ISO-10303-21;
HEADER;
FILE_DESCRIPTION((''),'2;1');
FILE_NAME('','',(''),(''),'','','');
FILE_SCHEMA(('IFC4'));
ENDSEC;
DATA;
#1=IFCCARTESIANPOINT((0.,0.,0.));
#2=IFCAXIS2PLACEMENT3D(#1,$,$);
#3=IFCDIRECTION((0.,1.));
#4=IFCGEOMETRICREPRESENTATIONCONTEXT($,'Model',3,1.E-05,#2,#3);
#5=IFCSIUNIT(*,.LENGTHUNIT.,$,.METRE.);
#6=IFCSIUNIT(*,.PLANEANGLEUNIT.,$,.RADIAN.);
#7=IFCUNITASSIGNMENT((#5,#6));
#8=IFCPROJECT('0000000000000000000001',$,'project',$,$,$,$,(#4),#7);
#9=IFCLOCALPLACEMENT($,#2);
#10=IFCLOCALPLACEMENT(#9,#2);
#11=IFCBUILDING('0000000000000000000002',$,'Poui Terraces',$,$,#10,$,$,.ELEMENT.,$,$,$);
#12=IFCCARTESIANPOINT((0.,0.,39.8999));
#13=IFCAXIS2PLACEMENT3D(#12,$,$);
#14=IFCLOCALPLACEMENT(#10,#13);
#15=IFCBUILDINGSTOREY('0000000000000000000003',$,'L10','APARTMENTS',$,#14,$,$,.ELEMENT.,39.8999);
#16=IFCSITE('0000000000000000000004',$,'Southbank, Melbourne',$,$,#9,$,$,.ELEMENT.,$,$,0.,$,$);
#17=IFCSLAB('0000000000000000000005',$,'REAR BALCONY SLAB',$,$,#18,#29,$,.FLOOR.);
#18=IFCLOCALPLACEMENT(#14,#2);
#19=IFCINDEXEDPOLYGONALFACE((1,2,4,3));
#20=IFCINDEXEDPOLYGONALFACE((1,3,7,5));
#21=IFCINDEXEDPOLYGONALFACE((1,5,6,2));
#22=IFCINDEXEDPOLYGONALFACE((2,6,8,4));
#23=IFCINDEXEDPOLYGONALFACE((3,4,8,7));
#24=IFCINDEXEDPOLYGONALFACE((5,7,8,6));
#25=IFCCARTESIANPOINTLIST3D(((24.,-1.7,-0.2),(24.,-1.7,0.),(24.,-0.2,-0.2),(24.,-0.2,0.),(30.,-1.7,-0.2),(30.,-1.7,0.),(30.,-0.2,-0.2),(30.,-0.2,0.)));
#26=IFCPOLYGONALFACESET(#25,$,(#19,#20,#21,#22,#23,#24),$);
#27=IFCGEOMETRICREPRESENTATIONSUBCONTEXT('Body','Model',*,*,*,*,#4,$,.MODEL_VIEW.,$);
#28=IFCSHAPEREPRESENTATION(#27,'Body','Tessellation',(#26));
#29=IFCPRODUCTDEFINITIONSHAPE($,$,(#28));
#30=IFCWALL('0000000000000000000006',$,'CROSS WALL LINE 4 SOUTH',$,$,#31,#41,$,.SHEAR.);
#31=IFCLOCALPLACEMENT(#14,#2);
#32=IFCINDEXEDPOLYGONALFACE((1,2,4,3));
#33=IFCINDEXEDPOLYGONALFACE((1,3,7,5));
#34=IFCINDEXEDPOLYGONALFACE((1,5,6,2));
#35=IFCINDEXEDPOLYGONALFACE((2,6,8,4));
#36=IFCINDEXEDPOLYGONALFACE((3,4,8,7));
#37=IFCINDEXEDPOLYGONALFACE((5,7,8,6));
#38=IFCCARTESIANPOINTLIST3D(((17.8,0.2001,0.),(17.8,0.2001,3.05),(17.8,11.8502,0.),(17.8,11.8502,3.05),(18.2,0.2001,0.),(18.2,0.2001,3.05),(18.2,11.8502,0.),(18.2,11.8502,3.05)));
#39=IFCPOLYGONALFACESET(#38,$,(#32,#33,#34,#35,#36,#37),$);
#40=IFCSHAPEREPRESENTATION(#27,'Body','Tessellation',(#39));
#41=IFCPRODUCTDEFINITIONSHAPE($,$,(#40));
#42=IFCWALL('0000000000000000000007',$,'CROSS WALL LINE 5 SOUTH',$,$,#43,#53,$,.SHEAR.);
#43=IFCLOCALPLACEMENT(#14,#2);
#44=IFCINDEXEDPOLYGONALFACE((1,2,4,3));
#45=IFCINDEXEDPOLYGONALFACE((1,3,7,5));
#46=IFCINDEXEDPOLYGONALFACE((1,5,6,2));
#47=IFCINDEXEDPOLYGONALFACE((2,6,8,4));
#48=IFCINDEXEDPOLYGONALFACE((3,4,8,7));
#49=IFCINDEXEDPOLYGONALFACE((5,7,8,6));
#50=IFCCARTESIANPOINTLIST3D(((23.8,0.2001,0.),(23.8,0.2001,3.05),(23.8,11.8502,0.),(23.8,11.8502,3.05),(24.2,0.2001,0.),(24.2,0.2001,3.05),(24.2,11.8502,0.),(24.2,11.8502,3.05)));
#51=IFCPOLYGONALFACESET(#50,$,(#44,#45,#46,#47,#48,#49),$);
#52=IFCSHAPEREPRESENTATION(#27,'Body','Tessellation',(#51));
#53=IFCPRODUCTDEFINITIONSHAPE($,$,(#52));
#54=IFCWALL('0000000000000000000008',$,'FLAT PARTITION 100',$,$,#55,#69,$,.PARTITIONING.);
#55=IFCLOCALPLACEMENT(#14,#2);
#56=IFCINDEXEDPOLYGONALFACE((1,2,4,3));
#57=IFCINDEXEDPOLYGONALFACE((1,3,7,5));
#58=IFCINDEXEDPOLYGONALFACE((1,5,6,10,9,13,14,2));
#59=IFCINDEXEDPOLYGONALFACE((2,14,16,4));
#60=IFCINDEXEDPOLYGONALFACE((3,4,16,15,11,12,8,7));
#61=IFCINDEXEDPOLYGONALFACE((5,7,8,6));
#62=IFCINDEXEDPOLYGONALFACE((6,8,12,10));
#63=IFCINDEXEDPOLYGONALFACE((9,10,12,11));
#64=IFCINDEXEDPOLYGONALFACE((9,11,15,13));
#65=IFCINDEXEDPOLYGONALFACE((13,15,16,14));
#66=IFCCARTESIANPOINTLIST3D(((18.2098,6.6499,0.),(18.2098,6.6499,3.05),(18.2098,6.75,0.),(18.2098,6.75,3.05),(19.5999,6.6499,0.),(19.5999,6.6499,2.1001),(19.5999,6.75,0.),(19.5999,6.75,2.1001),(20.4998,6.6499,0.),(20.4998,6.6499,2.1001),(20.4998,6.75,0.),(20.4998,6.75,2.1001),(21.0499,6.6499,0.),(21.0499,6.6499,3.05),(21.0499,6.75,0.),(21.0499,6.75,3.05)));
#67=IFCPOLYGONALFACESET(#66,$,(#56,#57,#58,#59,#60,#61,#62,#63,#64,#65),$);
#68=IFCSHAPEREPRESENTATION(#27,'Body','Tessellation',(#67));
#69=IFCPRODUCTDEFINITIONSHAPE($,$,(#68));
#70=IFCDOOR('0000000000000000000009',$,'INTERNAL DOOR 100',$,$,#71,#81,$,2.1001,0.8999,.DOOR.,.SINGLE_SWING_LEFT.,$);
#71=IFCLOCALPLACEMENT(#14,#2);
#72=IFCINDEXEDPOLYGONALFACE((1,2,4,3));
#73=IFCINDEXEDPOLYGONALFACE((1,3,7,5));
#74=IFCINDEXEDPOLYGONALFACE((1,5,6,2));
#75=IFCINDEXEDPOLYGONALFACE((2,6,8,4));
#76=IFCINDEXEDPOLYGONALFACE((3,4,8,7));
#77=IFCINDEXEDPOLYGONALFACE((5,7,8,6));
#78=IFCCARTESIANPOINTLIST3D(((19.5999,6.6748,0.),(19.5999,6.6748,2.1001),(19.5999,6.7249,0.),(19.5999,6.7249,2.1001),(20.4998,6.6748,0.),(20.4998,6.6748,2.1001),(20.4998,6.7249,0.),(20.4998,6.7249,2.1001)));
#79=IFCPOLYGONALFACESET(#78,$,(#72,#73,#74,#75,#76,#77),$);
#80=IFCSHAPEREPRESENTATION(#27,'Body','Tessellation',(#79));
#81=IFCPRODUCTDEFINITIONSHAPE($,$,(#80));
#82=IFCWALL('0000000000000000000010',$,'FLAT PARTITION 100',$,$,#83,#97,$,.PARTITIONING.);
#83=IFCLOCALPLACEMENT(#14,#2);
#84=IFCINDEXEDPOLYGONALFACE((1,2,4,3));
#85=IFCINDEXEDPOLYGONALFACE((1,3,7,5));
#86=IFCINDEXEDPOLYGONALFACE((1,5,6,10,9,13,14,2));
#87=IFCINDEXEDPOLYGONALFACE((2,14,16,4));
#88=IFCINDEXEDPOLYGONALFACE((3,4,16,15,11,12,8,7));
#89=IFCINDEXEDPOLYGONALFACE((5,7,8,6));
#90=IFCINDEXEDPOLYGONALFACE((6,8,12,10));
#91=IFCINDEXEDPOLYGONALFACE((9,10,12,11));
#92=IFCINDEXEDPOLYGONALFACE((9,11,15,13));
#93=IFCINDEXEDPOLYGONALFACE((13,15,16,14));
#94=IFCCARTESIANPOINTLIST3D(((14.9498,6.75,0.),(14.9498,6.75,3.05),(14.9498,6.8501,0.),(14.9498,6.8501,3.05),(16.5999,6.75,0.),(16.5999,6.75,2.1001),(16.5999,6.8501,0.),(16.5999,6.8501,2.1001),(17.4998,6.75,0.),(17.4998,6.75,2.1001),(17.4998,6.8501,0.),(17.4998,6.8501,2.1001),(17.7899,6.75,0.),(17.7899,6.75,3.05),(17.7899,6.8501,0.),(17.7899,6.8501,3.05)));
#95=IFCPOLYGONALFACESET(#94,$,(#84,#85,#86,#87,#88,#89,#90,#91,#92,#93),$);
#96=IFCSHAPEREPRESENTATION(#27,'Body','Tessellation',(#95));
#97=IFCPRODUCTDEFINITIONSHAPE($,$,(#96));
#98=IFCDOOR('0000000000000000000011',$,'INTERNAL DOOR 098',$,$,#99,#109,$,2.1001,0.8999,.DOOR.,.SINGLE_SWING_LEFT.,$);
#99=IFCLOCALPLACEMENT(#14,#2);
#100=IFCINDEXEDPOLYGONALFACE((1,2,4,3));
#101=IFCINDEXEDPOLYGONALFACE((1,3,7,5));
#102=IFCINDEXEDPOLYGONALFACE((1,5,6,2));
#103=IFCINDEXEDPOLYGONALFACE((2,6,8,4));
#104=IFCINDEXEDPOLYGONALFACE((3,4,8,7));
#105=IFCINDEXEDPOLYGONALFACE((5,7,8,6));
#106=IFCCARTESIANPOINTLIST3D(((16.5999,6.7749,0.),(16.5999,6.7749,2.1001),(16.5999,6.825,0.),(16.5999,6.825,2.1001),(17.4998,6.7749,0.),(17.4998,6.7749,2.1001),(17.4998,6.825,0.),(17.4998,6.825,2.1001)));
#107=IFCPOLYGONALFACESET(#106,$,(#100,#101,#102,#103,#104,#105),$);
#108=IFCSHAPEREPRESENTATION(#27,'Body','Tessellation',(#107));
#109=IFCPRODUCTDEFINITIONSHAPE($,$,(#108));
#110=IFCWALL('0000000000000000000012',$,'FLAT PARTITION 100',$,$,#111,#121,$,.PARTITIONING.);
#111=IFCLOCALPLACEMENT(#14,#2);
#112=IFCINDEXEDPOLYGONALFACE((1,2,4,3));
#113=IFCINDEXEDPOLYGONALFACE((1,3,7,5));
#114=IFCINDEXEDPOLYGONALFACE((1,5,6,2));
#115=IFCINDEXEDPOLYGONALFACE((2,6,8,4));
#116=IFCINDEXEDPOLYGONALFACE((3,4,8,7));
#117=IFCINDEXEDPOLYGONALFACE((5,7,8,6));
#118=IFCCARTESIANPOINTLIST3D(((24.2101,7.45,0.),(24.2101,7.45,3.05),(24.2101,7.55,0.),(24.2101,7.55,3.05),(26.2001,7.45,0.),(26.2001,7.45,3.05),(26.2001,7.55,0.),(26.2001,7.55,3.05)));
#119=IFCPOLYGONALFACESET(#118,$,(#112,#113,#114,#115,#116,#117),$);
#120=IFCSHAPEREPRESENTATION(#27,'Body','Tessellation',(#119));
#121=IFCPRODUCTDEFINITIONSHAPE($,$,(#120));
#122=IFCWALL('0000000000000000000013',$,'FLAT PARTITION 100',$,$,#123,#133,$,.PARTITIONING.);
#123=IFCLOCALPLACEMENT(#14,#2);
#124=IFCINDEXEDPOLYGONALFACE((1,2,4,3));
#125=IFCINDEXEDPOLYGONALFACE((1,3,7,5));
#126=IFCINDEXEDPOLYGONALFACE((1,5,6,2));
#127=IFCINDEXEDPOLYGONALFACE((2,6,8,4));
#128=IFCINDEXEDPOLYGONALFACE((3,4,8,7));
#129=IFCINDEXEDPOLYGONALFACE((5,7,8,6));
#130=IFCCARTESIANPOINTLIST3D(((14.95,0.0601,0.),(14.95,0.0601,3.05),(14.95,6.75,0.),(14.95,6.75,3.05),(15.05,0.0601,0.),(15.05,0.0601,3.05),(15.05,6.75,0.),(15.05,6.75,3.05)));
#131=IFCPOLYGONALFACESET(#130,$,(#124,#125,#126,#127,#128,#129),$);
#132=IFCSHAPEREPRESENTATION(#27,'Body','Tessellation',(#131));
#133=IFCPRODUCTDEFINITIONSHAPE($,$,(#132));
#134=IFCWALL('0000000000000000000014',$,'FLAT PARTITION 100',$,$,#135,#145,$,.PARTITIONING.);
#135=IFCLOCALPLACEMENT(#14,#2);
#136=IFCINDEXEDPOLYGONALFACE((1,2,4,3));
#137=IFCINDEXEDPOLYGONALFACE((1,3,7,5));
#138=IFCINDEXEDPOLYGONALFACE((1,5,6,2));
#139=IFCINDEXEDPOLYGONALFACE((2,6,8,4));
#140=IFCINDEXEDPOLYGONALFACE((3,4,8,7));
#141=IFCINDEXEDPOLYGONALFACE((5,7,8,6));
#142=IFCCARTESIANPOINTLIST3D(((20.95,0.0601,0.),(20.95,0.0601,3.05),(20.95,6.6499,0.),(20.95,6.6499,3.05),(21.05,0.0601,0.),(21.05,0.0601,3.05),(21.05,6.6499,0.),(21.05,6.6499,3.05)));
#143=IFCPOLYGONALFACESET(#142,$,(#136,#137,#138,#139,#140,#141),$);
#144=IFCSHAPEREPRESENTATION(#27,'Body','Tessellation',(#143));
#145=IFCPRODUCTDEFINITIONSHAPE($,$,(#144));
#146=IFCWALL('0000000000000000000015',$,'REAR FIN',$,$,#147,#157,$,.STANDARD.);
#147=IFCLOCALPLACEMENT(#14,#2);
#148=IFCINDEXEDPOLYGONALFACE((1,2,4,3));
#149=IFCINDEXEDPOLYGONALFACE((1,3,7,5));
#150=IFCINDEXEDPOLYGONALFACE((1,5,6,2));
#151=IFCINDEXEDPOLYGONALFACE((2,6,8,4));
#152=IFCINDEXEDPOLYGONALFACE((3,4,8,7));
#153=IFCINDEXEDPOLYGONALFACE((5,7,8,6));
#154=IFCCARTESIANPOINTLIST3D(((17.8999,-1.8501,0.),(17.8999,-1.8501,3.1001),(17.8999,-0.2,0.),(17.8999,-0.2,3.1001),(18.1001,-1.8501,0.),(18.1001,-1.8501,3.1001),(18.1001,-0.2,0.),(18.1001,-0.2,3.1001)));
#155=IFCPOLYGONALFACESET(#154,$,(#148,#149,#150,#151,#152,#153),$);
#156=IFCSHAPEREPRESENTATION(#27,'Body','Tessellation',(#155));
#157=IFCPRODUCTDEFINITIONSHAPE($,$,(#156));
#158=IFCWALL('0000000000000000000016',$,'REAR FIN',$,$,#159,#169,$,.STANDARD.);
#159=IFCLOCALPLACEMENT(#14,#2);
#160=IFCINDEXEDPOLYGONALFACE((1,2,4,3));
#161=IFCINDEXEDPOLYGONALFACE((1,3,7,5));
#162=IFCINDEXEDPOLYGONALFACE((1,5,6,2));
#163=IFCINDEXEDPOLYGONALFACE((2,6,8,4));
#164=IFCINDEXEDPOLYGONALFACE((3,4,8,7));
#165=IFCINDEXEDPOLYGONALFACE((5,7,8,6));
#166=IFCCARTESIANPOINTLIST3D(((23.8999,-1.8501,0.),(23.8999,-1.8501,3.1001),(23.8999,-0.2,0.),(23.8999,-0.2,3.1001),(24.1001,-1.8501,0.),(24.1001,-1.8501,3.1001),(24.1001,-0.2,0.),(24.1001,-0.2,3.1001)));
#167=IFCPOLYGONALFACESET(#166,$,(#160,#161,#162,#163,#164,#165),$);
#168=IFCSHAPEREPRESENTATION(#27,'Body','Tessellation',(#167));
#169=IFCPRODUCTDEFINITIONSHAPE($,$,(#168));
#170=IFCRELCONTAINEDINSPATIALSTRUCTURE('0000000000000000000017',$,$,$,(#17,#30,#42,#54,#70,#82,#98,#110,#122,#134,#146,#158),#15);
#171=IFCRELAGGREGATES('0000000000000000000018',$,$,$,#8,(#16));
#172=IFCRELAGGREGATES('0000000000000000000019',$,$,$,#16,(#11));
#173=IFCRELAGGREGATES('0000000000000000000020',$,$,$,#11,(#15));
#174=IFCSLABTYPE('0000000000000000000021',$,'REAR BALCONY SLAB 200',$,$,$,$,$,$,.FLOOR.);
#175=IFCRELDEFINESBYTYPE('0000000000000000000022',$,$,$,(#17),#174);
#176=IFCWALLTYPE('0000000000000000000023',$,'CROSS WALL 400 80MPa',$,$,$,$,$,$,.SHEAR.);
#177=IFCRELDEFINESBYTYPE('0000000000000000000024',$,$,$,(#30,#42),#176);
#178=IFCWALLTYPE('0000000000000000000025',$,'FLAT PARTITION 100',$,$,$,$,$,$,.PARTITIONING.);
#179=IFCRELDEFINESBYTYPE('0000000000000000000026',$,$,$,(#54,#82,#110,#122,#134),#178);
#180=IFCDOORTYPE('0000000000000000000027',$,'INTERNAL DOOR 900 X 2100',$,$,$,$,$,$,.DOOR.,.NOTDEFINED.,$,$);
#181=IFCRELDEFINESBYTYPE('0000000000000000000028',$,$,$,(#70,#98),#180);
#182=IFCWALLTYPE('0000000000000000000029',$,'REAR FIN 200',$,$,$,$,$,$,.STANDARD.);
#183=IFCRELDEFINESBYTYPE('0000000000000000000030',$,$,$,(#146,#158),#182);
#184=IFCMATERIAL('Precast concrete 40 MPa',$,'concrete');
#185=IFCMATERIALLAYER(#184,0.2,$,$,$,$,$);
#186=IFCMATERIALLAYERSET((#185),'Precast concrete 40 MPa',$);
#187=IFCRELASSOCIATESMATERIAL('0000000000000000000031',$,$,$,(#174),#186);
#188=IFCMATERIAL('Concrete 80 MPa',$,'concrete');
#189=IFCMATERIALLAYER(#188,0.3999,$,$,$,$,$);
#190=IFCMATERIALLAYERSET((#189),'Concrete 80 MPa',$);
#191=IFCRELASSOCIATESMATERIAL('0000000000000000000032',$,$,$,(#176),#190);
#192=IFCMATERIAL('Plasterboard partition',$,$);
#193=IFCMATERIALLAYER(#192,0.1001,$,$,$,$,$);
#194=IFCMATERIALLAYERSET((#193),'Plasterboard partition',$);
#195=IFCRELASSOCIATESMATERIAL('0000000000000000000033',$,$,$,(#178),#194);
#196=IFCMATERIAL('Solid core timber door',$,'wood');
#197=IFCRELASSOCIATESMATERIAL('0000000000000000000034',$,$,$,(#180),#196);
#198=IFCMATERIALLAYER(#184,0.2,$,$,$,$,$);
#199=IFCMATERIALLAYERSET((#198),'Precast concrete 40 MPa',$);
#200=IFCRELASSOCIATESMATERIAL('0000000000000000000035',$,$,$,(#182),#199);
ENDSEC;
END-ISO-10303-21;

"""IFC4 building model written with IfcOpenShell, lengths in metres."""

from ifc_helpers import new_model, si_unit, direction, frame, frame_2d, origin, place, context, subcontext, project, spatial, polyline, rectangle, outline, extrude, source, transform, mapped, material, layer, layer_set, type_object, element, fill, save


model = new_model("IFC4")

# Units and contexts
model_context = context("Model", 3, precision=1e-05, world=origin(), true_north=direction((0.0, 1.0)))
body_context = subcontext(model_context, "Body", "Model", "MODEL_VIEW")
ifc_project = project(units=[si_unit("LENGTHUNIT", "METRE"), si_unit("PLANEANGLEUNIT", "RADIAN")], contexts=[model_context])

# Site, building, storey
site_placement = place(None, origin())
site = spatial("IfcSite", under=ifc_project, at=site_placement, Name="Southbank, Melbourne", CompositionType="ELEMENT", RefElevation=0.0)
building_placement = place(site_placement, origin())
building = spatial("IfcBuilding", under=site, at=building_placement, Name="Poui Terraces", CompositionType="ELEMENT")
storey_placement = place(building_placement, frame((0.0, 0.0, 39.8999)))
storey = spatial("IfcBuildingStorey", under=building, at=storey_placement, Name="L10", Description="APARTMENTS", CompositionType="ELEMENT", Elevation=39.8999)

# Slab
ifc_material_1 = material(Name="Precast concrete 40 MPa", Category="concrete")
ifc_layer_1 = layer(ifc_material_1, 0.2)
ifc_layer_set_1 = layer_set([ifc_layer_1], Name="Precast concrete 40 MPa")
slab_type = type_object("IfcSlabType", Name="REAR BALCONY SLAB 200", PredefinedType="FLOOR", material=ifc_layer_set_1)
shared_shape_1 = source(origin(), body_context, "Body", "SweptSolid", [
    extrude(outline(polyline([(0.0, 0.0), (6.0, 0.0), (6.0, 1.5), (0.0, 1.5), (0.0, 0.0)])), origin(), (0.0, 0.0, 1.0), 0.2),
])
slab_placement = place(storey_placement, frame((24.0, -1.7, -0.2)))
element("IfcSlab", 1, at=slab_placement, inside=storey, type_object=slab_type, Name="REAR BALCONY SLAB", PredefinedType="FLOOR", context=body_context, shape_type="MappedRepresentation", body=[
    mapped(shared_shape_1, transform((0.0, 0.0, 0.0))),
])

# Walls
ifc_material_2 = material(Name="Concrete 80 MPa", Category="concrete")
ifc_layer_2 = layer(ifc_material_2, 0.3999)
ifc_layer_set_2 = layer_set([ifc_layer_2], Name="Concrete 80 MPa")
wall_type_1 = type_object("IfcWallType", Name="CROSS WALL 400 80MPa", PredefinedType="SHEAR", material=ifc_layer_set_2)
for number, where, z_axis, x_axis, name in (
    (2, (18.0, 0.2, 0.0), (0.0, 0.0, 1.0), (0.0, 1.0, 0.0), "CROSS WALL LINE 4 SOUTH"),
    (3, (24.0, 0.2, 0.0), (0.0, 0.0, 1.0), (0.0, 1.0, 0.0), "CROSS WALL LINE 5 SOUTH"),
):
    element("IfcWall", number, at=place(storey_placement, frame(where, z_axis=z_axis, x_axis=x_axis)), inside=storey, type_object=wall_type_1, Name=name, PredefinedType="SHEAR", context=body_context, shape_type="SweptSolid", body=[
        extrude(rectangle(XDim=11.6501, YDim=0.3999, at=frame_2d((5.8252, 0.0))), origin(), (0.0, 0.0, 1.0), 3.05),
    ])

# Walls, openings, doors
ifc_material_3 = material(Name="Plasterboard partition")
ifc_layer_3 = layer(ifc_material_3, 0.1001)
ifc_layer_set_3 = layer_set([ifc_layer_3], Name="Plasterboard partition")
wall_type_2 = type_object("IfcWallType", Name="FLAT PARTITION 100", PredefinedType="PARTITIONING", material=ifc_layer_set_3)
wall_1_placement = place(storey_placement, frame((18.21, 6.7, 0.0), z_axis=(0.0, 0.0, 1.0), x_axis=(1.0, 0.0, 0.0)))
wall_1 = element("IfcWall", 4, at=wall_1_placement, inside=storey, type_object=wall_type_2, Name="FLAT PARTITION 100", PredefinedType="PARTITIONING", context=body_context, shape_type="SweptSolid", body=[
    extrude(rectangle(XDim=2.8401, YDim=0.1001, at=frame_2d((1.4199, 0.0))), origin(), (0.0, 0.0, 1.0), 3.05),
])
opening_1_placement = place(wall_1_placement, frame((1.3899, 0.0, 0.0)))
opening_1 = element("IfcOpeningElement", 5, at=opening_1_placement, cuts=wall_1, PredefinedType="OPENING", context=body_context, shape_type="SweptSolid", body=[
    extrude(rectangle(XDim=0.8999, YDim=2.1001, at=frame_2d((0.45, 1.05))), frame((0.0, 0.0601, 0.0), z_axis=(0.0, -1.0, 0.0), x_axis=(1.0, 0.0, 0.0)), (0.0, 0.0, 1.0), 0.1201),
])
ifc_material_4 = material(Name="Solid core timber door", Category="wood")
door_type = type_object("IfcDoorType", Name="INTERNAL DOOR 900 X 2100", OperationType="NOTDEFINED", PredefinedType="DOOR", material=ifc_material_4)
door_1_placement = place(opening_1_placement, origin())
door_1 = element("IfcDoor", 6, at=door_1_placement, inside=storey, type_object=door_type, Name="INTERNAL DOOR 100", OperationType="SINGLE_SWING_LEFT", OverallHeight=2.1001, OverallWidth=0.8999, PredefinedType="DOOR", context=body_context, shape_type="SweptSolid", body=[
    extrude(rectangle(XDim=0.8999, YDim=2.1001, at=frame_2d((0.45, 1.05))), frame((0.0, 0.0249, 0.0), z_axis=(0.0, -1.0, 0.0), x_axis=(1.0, 0.0, 0.0)), (0.0, 0.0, 1.0), 0.05),
])
fill(opening_1, door_1)
wall_2_placement = place(storey_placement, frame((14.95, 6.8, 0.0), z_axis=(0.0, 0.0, 1.0), x_axis=(1.0, 0.0, 0.0)))
wall_2 = element("IfcWall", 7, at=wall_2_placement, inside=storey, type_object=wall_type_2, Name="FLAT PARTITION 100", PredefinedType="PARTITIONING", context=body_context, shape_type="SweptSolid", body=[
    extrude(rectangle(XDim=2.8401, YDim=0.1001, at=frame_2d((1.4199, 0.0))), origin(), (0.0, 0.0, 1.0), 3.05),
])
opening_2_placement = place(wall_2_placement, frame((1.6499, 0.0, 0.0)))
opening_2 = element("IfcOpeningElement", 8, at=opening_2_placement, cuts=wall_2, PredefinedType="OPENING", context=body_context, shape_type="SweptSolid", body=[
    extrude(rectangle(XDim=0.8999, YDim=2.1001, at=frame_2d((0.45, 1.05))), frame((0.0, 0.0601, 0.0), z_axis=(0.0, -1.0, 0.0), x_axis=(1.0, 0.0, 0.0)), (0.0, 0.0, 1.0), 0.1201),
])
door_2_placement = place(opening_2_placement, origin())
door_2 = element("IfcDoor", 9, at=door_2_placement, inside=storey, type_object=door_type, Name="INTERNAL DOOR 098", OperationType="SINGLE_SWING_LEFT", OverallHeight=2.1001, OverallWidth=0.8999, PredefinedType="DOOR", context=body_context, shape_type="SweptSolid", body=[
    extrude(rectangle(XDim=0.8999, YDim=2.1001, at=frame_2d((0.45, 1.05))), frame((0.0, 0.0249, 0.0), z_axis=(0.0, -1.0, 0.0), x_axis=(1.0, 0.0, 0.0)), (0.0, 0.0, 1.0), 0.05),
])
fill(opening_2, door_2)

# Walls
wall_3_placement = place(storey_placement, frame((24.21, 7.5, 0.0), z_axis=(0.0, 0.0, 1.0), x_axis=(1.0, 0.0, 0.0)))
element("IfcWall", 10, at=wall_3_placement, inside=storey, type_object=wall_type_2, Name="FLAT PARTITION 100", PredefinedType="PARTITIONING", context=body_context, shape_type="SweptSolid", body=[
    extrude(rectangle(XDim=1.99, YDim=0.1001, at=frame_2d((0.9951, 0.0))), origin(), (0.0, 0.0, 1.0), 3.05),
])
wall_4_placement = place(storey_placement, frame((15.0, 0.0601, 0.0), z_axis=(0.0, 0.0, 1.0), x_axis=(0.0, 1.0, 0.0)))
element("IfcWall", 11, at=wall_4_placement, inside=storey, type_object=wall_type_2, Name="FLAT PARTITION 100", PredefinedType="PARTITIONING", context=body_context, shape_type="SweptSolid", body=[
    extrude(rectangle(XDim=6.6899, YDim=0.1001, at=frame_2d((3.345, 0.0))), origin(), (0.0, 0.0, 1.0), 3.05),
])
wall_5_placement = place(storey_placement, frame((21.0, 0.0601, 0.0), z_axis=(0.0, 0.0, 1.0), x_axis=(0.0, 1.0, 0.0)))
element("IfcWall", 12, at=wall_5_placement, inside=storey, type_object=wall_type_2, Name="FLAT PARTITION 100", PredefinedType="PARTITIONING", context=body_context, shape_type="SweptSolid", body=[
    extrude(rectangle(XDim=6.5898, YDim=0.1001, at=frame_2d((3.2949, 0.0))), origin(), (0.0, 0.0, 1.0), 3.05),
])
ifc_layer_4 = layer(ifc_material_1, 0.2)
ifc_layer_set_4 = layer_set([ifc_layer_4], Name="Precast concrete 40 MPa")
wall_type_3 = type_object("IfcWallType", Name="REAR FIN 200", PredefinedType="STANDARD", material=ifc_layer_set_4)
shared_shape_2 = source(origin(), body_context, "Body", "SweptSolid", [
    extrude(outline(polyline([(0.0, 0.0), (0.2002, 0.0), (0.2002, 1.6501), (0.0, 1.6501), (0.0, 0.0)])), origin(), (0.0, 0.0, 1.0), 3.1001),
])
for number, where, name in (
    (13, (17.8999, -1.8501, 0.0), "REAR FIN"),
    (14, (23.8999, -1.8501, 0.0), "REAR FIN"),
):
    element("IfcWall", number, at=place(storey_placement, frame(where)), inside=storey, type_object=wall_type_3, Name=name, PredefinedType="STANDARD", context=body_context, shape_type="MappedRepresentation", body=[
        mapped(shared_shape_2, transform((0.0, 0.0, 0.0))),
    ])

save(model, "model.ifc")
